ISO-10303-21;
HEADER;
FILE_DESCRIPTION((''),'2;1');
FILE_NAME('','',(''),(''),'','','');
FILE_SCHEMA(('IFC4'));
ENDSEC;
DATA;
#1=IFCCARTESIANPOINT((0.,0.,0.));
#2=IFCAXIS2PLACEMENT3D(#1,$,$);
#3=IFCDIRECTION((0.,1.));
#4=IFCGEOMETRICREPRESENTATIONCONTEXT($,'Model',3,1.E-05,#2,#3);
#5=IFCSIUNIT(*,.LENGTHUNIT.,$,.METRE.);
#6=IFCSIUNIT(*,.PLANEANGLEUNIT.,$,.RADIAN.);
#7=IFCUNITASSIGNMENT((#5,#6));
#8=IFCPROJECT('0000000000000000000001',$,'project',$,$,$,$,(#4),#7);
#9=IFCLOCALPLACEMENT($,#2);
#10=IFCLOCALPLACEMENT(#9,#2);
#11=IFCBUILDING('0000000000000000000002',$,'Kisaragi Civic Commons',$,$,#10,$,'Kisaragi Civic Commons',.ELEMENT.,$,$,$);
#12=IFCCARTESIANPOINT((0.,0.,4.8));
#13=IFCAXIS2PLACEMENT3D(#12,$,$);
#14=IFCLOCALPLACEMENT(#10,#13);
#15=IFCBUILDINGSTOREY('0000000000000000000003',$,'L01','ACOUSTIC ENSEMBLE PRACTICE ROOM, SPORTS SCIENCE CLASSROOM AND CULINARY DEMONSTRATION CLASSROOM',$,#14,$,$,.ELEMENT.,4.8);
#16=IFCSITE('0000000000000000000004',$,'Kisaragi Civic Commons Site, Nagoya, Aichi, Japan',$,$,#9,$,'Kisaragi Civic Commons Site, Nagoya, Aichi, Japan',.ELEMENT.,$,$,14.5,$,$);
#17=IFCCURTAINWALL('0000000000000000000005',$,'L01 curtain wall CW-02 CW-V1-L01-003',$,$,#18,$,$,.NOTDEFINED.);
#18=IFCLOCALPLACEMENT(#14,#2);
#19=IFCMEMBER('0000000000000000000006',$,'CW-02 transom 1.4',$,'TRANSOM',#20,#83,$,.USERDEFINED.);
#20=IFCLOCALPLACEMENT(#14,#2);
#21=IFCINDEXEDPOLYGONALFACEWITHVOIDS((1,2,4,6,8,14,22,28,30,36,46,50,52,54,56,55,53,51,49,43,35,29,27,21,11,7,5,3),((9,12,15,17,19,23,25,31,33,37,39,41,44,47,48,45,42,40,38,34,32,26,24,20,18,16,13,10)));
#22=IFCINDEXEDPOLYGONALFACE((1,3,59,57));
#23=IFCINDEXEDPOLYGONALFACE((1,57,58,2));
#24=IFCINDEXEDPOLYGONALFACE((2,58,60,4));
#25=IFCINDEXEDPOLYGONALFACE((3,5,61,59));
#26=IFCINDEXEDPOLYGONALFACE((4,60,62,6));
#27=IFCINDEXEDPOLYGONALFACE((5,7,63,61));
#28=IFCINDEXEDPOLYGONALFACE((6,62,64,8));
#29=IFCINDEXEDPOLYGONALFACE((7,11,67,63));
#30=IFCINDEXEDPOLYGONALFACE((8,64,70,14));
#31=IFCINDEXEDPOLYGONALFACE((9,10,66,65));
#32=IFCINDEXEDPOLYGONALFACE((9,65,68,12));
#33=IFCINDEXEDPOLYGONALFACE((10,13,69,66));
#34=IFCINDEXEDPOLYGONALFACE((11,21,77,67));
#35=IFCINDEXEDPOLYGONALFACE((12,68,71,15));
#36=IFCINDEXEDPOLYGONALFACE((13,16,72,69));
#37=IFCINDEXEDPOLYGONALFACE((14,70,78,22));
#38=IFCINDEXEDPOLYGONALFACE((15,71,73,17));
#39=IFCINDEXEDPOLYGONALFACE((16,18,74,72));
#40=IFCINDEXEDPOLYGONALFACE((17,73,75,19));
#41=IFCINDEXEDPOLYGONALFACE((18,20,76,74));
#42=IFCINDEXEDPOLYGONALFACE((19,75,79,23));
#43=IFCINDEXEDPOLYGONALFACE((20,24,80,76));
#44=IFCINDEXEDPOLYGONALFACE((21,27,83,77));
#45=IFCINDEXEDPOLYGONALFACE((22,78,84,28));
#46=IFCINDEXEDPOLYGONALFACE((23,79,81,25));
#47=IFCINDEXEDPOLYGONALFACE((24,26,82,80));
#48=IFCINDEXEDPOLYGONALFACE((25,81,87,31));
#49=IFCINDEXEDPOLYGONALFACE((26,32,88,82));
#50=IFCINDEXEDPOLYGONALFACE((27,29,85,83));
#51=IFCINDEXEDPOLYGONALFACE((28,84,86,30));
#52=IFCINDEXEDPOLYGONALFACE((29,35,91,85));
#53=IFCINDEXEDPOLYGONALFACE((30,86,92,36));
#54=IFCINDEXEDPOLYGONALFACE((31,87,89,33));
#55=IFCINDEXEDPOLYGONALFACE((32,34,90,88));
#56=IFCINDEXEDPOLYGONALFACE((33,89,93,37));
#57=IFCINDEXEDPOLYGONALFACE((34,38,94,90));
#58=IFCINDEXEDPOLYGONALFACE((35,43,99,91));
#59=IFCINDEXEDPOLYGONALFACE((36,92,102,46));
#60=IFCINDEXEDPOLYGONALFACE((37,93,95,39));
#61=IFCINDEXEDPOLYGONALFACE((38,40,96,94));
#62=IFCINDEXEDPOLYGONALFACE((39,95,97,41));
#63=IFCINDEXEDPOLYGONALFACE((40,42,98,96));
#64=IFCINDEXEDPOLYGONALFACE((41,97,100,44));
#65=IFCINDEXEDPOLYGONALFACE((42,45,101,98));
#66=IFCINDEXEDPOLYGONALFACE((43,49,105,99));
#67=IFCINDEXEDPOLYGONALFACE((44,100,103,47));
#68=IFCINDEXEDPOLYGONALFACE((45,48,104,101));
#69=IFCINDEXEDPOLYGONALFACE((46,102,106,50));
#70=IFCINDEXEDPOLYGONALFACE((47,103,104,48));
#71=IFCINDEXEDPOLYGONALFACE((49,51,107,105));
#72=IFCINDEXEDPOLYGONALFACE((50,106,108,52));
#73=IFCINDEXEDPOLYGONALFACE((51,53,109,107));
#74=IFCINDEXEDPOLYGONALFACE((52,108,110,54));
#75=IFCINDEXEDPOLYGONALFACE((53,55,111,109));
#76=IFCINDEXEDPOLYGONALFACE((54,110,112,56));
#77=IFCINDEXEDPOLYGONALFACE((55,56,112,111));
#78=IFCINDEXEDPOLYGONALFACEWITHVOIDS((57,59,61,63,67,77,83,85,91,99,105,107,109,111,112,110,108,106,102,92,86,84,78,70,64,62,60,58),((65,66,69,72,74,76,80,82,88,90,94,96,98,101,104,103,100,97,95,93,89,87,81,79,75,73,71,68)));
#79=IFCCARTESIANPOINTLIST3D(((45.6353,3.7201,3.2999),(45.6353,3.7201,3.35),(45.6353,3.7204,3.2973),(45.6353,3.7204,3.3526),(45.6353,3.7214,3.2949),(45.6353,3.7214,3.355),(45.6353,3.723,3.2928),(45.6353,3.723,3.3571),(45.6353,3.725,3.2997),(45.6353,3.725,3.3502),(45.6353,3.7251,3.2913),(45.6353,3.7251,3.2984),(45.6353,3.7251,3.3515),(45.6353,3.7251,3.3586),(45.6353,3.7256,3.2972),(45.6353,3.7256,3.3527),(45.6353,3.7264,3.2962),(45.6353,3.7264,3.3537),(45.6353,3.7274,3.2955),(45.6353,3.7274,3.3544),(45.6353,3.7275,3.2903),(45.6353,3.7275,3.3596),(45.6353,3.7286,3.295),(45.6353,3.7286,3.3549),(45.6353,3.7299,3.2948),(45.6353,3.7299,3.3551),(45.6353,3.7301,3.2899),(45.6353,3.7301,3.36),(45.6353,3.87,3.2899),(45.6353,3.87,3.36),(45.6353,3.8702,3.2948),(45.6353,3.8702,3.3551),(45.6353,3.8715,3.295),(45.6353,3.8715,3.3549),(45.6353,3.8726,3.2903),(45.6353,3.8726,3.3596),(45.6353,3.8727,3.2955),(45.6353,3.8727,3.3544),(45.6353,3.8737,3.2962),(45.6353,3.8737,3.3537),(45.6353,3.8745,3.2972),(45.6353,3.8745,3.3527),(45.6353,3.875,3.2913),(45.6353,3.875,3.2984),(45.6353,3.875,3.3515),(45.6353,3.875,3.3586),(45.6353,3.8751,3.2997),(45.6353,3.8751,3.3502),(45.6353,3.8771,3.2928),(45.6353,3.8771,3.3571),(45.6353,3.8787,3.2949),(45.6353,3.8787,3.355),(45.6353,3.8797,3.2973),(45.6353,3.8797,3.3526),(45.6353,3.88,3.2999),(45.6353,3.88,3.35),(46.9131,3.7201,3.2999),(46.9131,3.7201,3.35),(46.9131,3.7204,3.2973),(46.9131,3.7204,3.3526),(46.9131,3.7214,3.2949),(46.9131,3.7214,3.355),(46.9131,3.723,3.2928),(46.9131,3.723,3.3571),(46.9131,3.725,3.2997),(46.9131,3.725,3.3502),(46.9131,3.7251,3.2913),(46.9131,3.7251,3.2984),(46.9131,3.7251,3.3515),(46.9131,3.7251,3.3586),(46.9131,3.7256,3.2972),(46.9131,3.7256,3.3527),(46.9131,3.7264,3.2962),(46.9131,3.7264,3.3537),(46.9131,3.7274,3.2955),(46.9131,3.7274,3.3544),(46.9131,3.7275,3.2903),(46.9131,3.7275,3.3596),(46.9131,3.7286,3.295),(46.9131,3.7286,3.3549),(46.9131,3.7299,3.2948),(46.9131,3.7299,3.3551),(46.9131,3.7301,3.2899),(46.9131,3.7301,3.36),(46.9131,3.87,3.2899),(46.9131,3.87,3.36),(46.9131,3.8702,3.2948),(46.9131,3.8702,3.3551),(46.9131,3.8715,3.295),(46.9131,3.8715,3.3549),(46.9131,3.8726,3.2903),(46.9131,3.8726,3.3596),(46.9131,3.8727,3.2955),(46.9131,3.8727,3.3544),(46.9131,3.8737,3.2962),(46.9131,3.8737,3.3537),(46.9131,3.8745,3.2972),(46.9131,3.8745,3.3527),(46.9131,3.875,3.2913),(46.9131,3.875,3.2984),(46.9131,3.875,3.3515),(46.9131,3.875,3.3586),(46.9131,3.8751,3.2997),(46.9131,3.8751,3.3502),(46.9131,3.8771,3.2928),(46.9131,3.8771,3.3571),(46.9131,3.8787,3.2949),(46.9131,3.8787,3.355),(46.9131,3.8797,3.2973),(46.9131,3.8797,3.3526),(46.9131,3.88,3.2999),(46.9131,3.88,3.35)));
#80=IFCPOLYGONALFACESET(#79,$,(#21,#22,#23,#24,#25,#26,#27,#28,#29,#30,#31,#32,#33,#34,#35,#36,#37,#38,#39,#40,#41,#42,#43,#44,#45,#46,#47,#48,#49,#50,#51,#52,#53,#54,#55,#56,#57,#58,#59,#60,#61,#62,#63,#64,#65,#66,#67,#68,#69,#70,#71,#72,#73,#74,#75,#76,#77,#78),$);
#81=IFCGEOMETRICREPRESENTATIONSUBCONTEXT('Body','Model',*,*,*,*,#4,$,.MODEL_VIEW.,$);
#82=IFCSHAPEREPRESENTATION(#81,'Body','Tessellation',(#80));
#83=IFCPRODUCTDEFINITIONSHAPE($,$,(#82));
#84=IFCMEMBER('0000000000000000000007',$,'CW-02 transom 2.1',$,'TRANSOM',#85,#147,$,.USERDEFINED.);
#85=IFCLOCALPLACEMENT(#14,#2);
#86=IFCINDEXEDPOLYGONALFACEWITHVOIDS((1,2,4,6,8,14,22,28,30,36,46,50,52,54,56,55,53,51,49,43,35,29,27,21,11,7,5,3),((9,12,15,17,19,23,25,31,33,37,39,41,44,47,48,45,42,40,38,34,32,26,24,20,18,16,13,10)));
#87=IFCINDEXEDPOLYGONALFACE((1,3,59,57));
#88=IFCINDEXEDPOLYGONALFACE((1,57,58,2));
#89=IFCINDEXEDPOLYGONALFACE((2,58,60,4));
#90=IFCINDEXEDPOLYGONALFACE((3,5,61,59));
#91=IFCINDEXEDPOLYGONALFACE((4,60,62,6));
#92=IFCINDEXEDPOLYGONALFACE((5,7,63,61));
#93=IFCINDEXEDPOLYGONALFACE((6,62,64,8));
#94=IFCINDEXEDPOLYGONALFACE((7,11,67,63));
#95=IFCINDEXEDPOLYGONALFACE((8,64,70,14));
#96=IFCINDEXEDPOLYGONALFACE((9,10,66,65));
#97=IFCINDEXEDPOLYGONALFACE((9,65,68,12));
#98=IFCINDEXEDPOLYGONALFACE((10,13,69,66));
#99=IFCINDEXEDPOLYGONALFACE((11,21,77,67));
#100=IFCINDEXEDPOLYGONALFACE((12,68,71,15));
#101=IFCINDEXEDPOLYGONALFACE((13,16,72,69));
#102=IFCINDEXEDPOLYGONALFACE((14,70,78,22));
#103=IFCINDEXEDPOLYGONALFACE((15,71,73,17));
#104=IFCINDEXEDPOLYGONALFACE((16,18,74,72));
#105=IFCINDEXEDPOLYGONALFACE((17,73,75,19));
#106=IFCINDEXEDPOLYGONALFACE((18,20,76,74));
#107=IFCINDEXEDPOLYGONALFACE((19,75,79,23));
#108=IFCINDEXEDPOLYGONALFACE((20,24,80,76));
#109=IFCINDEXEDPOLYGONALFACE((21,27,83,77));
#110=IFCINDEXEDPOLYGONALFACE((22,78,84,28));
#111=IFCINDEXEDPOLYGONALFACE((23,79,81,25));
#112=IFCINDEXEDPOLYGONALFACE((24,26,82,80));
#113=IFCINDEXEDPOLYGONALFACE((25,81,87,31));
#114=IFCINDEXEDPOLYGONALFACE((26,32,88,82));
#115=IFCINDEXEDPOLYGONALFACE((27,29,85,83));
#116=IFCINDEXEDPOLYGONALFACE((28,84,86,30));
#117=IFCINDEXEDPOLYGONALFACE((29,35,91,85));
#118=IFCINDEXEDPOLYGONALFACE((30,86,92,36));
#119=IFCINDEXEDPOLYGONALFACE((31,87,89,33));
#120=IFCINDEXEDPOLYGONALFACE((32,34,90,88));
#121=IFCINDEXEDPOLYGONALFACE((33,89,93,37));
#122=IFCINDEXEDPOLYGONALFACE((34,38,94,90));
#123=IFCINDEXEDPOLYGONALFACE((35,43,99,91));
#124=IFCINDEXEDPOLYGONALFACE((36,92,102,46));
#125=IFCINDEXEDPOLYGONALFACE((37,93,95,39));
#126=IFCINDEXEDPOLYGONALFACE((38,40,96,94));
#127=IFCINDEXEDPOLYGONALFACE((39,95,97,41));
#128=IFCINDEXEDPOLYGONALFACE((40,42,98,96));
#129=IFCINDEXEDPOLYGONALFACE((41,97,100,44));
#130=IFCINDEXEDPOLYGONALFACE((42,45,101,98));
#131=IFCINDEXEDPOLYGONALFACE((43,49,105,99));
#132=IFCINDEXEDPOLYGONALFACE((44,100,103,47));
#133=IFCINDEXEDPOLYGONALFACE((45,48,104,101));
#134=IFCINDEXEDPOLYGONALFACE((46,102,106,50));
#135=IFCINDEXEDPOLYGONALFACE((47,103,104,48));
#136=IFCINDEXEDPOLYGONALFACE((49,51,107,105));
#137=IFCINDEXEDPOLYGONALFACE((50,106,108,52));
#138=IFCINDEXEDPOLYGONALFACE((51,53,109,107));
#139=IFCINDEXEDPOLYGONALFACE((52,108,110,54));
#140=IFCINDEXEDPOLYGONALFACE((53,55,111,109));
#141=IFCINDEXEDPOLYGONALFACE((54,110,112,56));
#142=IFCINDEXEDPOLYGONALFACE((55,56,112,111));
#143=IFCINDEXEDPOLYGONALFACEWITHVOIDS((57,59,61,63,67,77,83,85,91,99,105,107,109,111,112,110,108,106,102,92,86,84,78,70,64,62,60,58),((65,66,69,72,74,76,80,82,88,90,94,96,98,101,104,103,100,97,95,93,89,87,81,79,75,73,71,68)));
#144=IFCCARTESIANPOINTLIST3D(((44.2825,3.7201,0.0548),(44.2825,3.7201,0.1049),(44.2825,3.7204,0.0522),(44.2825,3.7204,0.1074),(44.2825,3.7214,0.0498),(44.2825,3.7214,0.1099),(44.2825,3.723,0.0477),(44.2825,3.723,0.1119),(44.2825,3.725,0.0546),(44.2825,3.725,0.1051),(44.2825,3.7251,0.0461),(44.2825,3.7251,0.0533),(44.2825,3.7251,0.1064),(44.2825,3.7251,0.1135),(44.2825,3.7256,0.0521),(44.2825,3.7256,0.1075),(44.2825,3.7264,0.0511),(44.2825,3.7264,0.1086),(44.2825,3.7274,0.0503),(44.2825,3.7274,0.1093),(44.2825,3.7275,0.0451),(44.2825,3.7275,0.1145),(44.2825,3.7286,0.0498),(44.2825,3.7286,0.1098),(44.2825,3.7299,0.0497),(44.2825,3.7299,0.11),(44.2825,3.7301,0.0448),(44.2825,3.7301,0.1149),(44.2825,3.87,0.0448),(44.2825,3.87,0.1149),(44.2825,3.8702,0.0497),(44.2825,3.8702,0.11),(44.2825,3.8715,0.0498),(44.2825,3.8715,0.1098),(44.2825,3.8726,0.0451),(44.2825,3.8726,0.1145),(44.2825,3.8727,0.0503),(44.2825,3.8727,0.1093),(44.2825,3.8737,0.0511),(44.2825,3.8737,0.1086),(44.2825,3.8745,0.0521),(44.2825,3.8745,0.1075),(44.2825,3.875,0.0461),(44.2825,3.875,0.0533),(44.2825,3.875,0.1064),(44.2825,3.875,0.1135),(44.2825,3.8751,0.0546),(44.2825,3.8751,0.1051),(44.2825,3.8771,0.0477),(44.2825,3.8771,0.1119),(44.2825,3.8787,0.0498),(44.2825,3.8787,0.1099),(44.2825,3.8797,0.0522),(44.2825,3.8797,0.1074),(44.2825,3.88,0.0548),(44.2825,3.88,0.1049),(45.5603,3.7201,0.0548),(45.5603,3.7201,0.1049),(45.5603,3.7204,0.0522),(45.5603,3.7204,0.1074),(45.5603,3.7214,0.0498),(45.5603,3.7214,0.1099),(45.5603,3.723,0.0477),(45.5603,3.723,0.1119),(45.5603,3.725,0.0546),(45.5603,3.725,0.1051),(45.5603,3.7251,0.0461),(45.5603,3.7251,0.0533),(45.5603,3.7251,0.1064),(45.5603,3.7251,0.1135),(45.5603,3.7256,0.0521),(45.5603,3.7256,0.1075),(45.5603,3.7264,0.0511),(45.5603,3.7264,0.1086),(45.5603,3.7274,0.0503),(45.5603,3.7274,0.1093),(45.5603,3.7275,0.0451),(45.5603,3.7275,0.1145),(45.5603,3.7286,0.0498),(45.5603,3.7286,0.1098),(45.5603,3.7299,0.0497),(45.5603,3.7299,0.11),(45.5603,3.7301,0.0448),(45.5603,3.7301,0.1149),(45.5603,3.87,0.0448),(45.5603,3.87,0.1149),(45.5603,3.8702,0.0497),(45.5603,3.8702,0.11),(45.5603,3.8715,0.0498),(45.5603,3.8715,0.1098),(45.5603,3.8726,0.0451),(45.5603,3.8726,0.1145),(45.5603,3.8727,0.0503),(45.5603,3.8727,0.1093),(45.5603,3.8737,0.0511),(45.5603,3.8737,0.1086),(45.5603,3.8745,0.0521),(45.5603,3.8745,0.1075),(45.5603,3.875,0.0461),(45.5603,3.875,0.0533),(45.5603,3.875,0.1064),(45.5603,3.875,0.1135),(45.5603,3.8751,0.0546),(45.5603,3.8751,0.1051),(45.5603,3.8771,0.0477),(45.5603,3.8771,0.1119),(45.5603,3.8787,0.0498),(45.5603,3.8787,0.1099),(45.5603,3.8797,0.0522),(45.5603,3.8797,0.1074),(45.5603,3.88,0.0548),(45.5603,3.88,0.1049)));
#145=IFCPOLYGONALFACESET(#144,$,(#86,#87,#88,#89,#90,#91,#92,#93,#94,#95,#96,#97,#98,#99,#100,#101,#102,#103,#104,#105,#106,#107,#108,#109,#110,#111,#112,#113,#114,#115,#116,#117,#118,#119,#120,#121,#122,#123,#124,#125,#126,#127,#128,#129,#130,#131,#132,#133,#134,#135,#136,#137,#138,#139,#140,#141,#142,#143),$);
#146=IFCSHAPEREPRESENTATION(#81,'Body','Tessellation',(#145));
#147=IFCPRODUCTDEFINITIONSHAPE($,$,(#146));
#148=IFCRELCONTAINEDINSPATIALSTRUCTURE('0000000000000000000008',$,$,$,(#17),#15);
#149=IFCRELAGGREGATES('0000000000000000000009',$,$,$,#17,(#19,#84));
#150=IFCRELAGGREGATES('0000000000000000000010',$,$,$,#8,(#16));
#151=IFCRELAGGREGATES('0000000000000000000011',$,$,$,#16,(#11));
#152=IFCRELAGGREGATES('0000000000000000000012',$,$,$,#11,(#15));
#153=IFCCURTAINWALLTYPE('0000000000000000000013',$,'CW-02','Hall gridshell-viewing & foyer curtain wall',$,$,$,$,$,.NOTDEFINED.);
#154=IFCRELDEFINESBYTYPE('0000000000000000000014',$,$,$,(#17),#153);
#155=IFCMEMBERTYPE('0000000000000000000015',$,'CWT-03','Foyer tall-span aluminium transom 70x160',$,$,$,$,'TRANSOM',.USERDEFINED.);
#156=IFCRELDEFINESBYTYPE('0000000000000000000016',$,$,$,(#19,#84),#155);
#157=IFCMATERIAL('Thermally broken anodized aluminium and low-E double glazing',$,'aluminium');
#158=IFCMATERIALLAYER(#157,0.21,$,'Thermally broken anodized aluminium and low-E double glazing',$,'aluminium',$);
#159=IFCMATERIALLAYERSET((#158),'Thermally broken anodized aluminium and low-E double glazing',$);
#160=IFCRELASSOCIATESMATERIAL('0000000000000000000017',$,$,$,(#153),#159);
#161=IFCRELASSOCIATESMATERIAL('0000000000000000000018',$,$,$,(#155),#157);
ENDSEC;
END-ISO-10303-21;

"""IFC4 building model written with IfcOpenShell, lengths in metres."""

from ifc_helpers import new_model, si_unit, direction, frame, origin, origin_2d, place, context, subcontext, project, spatial, hollow_rectangle, extrude, material, layer, layer_set, material_profile, profile_set, type_object, element, aggregate, save


model = new_model("IFC4")

# Units and contexts
model_context = context("Model", 3, precision=1e-05, world=origin(), true_north=direction((0.0, 1.0)))
body_context = subcontext(model_context, "Body", "Model", "MODEL_VIEW")
ifc_project = project(units=[si_unit("LENGTHUNIT", "METRE"), si_unit("PLANEANGLEUNIT", "RADIAN")], contexts=[model_context])

# Site, building, storey
site_placement = place(None, origin())
site = spatial("IfcSite", under=ifc_project, at=site_placement, Name="Kisaragi Civic Commons Site, Nagoya, Aichi, Japan", LongName="Kisaragi Civic Commons Site, Nagoya, Aichi, Japan", CompositionType="ELEMENT", RefElevation=14.5)
building_placement = place(site_placement, origin())
building = spatial("IfcBuilding", under=site, at=building_placement, Name="Kisaragi Civic Commons", LongName="Kisaragi Civic Commons", CompositionType="ELEMENT")
storey_placement = place(building_placement, frame((0.0, 0.0, 4.8)))
storey = spatial("IfcBuildingStorey", under=building, at=storey_placement, Name="L01", Description="ACOUSTIC ENSEMBLE PRACTICE ROOM, SPORTS SCIENCE CLASSROOM AND CULINARY DEMONSTRATION CLASSROOM", CompositionType="ELEMENT", Elevation=4.8)

# Shared definitions
ifc_material_1 = material(Name="Thermally broken anodized aluminium and low-E double glazing", Category="aluminium")
ifc_layer_1 = layer(ifc_material_1, 0.21, Name="Thermally broken anodized aluminium and low-E double glazing", Category="aluminium")
ifc_layer_set_1 = layer_set([ifc_layer_1], Name="Thermally broken anodized aluminium and low-E double glazing")
curtain_wall_type = type_object("IfcCurtainWallType", Name="CW-02", Description="Hall gridshell-viewing & foyer curtain wall", PredefinedType="NOTDEFINED", material=ifc_layer_set_1)

# Curtain wall, members
curtain_wall_1_placement = place(storey_placement, origin())
curtain_wall_1 = element("IfcCurtainWall", 1, at=curtain_wall_1_placement, inside=storey, type_object=curtain_wall_type, Name="L01 curtain wall CW-02 CW-V1-L01-003", PredefinedType="NOTDEFINED")
ifc_material_profile_1 = material_profile(ifc_material_1, hollow_rectangle(XDim=0.1599, YDim=0.0701, WallThickness=0.0049, InnerFilletRadius=0.0049, OuterFilletRadius=0.01, at=origin_2d()), Name="CWT-70x160x5", Category="aluminium")
ifc_profile_set_1 = profile_set([ifc_material_profile_1], Name="Thermally broken anodized aluminium and low-E double glazing")
member_type_1 = type_object("IfcMemberType", Name="CWT-03", Description="Foyer tall-span aluminium transom 70x160", ElementType="TRANSOM", PredefinedType="USERDEFINED", material=ifc_profile_set_1)
member_1_placement = place(storey_placement, frame((46.9131, 3.8, 3.325), z_axis=(-1.0, 0.0, 0.0), x_axis=(0.0, -1.0, 0.0)))
member_1 = element("IfcMember", 2, at=member_1_placement, type_object=member_type_1, Name="CW-02 transom 1.4", ObjectType="TRANSOM", PredefinedType="USERDEFINED", context=body_context, shape_type="SweptSolid", body=[
    extrude(hollow_rectangle(XDim=0.1599, YDim=0.0701, WallThickness=0.0049, InnerFilletRadius=0.0049, OuterFilletRadius=0.01, at=origin_2d()), origin(), (0.0, 0.0, 1.0), 1.2778),
])
member_2_placement = place(storey_placement, frame((45.5603, 3.8, 0.0798), z_axis=(-1.0, 0.0, 0.0), x_axis=(0.0, -1.0, 0.0)))
member_2 = element("IfcMember", 3, at=member_2_placement, type_object=member_type_1, Name="CW-02 transom 2.1", ObjectType="TRANSOM", PredefinedType="USERDEFINED", context=body_context, shape_type="SweptSolid", body=[
    extrude(hollow_rectangle(XDim=0.1599, YDim=0.0701, WallThickness=0.0049, InnerFilletRadius=0.0049, OuterFilletRadius=0.01, at=origin_2d()), origin(), (0.0, 0.0, 1.0), 1.2778),
])

aggregate(curtain_wall_1, [member_1, member_2])

save(model, "model.ifc")
